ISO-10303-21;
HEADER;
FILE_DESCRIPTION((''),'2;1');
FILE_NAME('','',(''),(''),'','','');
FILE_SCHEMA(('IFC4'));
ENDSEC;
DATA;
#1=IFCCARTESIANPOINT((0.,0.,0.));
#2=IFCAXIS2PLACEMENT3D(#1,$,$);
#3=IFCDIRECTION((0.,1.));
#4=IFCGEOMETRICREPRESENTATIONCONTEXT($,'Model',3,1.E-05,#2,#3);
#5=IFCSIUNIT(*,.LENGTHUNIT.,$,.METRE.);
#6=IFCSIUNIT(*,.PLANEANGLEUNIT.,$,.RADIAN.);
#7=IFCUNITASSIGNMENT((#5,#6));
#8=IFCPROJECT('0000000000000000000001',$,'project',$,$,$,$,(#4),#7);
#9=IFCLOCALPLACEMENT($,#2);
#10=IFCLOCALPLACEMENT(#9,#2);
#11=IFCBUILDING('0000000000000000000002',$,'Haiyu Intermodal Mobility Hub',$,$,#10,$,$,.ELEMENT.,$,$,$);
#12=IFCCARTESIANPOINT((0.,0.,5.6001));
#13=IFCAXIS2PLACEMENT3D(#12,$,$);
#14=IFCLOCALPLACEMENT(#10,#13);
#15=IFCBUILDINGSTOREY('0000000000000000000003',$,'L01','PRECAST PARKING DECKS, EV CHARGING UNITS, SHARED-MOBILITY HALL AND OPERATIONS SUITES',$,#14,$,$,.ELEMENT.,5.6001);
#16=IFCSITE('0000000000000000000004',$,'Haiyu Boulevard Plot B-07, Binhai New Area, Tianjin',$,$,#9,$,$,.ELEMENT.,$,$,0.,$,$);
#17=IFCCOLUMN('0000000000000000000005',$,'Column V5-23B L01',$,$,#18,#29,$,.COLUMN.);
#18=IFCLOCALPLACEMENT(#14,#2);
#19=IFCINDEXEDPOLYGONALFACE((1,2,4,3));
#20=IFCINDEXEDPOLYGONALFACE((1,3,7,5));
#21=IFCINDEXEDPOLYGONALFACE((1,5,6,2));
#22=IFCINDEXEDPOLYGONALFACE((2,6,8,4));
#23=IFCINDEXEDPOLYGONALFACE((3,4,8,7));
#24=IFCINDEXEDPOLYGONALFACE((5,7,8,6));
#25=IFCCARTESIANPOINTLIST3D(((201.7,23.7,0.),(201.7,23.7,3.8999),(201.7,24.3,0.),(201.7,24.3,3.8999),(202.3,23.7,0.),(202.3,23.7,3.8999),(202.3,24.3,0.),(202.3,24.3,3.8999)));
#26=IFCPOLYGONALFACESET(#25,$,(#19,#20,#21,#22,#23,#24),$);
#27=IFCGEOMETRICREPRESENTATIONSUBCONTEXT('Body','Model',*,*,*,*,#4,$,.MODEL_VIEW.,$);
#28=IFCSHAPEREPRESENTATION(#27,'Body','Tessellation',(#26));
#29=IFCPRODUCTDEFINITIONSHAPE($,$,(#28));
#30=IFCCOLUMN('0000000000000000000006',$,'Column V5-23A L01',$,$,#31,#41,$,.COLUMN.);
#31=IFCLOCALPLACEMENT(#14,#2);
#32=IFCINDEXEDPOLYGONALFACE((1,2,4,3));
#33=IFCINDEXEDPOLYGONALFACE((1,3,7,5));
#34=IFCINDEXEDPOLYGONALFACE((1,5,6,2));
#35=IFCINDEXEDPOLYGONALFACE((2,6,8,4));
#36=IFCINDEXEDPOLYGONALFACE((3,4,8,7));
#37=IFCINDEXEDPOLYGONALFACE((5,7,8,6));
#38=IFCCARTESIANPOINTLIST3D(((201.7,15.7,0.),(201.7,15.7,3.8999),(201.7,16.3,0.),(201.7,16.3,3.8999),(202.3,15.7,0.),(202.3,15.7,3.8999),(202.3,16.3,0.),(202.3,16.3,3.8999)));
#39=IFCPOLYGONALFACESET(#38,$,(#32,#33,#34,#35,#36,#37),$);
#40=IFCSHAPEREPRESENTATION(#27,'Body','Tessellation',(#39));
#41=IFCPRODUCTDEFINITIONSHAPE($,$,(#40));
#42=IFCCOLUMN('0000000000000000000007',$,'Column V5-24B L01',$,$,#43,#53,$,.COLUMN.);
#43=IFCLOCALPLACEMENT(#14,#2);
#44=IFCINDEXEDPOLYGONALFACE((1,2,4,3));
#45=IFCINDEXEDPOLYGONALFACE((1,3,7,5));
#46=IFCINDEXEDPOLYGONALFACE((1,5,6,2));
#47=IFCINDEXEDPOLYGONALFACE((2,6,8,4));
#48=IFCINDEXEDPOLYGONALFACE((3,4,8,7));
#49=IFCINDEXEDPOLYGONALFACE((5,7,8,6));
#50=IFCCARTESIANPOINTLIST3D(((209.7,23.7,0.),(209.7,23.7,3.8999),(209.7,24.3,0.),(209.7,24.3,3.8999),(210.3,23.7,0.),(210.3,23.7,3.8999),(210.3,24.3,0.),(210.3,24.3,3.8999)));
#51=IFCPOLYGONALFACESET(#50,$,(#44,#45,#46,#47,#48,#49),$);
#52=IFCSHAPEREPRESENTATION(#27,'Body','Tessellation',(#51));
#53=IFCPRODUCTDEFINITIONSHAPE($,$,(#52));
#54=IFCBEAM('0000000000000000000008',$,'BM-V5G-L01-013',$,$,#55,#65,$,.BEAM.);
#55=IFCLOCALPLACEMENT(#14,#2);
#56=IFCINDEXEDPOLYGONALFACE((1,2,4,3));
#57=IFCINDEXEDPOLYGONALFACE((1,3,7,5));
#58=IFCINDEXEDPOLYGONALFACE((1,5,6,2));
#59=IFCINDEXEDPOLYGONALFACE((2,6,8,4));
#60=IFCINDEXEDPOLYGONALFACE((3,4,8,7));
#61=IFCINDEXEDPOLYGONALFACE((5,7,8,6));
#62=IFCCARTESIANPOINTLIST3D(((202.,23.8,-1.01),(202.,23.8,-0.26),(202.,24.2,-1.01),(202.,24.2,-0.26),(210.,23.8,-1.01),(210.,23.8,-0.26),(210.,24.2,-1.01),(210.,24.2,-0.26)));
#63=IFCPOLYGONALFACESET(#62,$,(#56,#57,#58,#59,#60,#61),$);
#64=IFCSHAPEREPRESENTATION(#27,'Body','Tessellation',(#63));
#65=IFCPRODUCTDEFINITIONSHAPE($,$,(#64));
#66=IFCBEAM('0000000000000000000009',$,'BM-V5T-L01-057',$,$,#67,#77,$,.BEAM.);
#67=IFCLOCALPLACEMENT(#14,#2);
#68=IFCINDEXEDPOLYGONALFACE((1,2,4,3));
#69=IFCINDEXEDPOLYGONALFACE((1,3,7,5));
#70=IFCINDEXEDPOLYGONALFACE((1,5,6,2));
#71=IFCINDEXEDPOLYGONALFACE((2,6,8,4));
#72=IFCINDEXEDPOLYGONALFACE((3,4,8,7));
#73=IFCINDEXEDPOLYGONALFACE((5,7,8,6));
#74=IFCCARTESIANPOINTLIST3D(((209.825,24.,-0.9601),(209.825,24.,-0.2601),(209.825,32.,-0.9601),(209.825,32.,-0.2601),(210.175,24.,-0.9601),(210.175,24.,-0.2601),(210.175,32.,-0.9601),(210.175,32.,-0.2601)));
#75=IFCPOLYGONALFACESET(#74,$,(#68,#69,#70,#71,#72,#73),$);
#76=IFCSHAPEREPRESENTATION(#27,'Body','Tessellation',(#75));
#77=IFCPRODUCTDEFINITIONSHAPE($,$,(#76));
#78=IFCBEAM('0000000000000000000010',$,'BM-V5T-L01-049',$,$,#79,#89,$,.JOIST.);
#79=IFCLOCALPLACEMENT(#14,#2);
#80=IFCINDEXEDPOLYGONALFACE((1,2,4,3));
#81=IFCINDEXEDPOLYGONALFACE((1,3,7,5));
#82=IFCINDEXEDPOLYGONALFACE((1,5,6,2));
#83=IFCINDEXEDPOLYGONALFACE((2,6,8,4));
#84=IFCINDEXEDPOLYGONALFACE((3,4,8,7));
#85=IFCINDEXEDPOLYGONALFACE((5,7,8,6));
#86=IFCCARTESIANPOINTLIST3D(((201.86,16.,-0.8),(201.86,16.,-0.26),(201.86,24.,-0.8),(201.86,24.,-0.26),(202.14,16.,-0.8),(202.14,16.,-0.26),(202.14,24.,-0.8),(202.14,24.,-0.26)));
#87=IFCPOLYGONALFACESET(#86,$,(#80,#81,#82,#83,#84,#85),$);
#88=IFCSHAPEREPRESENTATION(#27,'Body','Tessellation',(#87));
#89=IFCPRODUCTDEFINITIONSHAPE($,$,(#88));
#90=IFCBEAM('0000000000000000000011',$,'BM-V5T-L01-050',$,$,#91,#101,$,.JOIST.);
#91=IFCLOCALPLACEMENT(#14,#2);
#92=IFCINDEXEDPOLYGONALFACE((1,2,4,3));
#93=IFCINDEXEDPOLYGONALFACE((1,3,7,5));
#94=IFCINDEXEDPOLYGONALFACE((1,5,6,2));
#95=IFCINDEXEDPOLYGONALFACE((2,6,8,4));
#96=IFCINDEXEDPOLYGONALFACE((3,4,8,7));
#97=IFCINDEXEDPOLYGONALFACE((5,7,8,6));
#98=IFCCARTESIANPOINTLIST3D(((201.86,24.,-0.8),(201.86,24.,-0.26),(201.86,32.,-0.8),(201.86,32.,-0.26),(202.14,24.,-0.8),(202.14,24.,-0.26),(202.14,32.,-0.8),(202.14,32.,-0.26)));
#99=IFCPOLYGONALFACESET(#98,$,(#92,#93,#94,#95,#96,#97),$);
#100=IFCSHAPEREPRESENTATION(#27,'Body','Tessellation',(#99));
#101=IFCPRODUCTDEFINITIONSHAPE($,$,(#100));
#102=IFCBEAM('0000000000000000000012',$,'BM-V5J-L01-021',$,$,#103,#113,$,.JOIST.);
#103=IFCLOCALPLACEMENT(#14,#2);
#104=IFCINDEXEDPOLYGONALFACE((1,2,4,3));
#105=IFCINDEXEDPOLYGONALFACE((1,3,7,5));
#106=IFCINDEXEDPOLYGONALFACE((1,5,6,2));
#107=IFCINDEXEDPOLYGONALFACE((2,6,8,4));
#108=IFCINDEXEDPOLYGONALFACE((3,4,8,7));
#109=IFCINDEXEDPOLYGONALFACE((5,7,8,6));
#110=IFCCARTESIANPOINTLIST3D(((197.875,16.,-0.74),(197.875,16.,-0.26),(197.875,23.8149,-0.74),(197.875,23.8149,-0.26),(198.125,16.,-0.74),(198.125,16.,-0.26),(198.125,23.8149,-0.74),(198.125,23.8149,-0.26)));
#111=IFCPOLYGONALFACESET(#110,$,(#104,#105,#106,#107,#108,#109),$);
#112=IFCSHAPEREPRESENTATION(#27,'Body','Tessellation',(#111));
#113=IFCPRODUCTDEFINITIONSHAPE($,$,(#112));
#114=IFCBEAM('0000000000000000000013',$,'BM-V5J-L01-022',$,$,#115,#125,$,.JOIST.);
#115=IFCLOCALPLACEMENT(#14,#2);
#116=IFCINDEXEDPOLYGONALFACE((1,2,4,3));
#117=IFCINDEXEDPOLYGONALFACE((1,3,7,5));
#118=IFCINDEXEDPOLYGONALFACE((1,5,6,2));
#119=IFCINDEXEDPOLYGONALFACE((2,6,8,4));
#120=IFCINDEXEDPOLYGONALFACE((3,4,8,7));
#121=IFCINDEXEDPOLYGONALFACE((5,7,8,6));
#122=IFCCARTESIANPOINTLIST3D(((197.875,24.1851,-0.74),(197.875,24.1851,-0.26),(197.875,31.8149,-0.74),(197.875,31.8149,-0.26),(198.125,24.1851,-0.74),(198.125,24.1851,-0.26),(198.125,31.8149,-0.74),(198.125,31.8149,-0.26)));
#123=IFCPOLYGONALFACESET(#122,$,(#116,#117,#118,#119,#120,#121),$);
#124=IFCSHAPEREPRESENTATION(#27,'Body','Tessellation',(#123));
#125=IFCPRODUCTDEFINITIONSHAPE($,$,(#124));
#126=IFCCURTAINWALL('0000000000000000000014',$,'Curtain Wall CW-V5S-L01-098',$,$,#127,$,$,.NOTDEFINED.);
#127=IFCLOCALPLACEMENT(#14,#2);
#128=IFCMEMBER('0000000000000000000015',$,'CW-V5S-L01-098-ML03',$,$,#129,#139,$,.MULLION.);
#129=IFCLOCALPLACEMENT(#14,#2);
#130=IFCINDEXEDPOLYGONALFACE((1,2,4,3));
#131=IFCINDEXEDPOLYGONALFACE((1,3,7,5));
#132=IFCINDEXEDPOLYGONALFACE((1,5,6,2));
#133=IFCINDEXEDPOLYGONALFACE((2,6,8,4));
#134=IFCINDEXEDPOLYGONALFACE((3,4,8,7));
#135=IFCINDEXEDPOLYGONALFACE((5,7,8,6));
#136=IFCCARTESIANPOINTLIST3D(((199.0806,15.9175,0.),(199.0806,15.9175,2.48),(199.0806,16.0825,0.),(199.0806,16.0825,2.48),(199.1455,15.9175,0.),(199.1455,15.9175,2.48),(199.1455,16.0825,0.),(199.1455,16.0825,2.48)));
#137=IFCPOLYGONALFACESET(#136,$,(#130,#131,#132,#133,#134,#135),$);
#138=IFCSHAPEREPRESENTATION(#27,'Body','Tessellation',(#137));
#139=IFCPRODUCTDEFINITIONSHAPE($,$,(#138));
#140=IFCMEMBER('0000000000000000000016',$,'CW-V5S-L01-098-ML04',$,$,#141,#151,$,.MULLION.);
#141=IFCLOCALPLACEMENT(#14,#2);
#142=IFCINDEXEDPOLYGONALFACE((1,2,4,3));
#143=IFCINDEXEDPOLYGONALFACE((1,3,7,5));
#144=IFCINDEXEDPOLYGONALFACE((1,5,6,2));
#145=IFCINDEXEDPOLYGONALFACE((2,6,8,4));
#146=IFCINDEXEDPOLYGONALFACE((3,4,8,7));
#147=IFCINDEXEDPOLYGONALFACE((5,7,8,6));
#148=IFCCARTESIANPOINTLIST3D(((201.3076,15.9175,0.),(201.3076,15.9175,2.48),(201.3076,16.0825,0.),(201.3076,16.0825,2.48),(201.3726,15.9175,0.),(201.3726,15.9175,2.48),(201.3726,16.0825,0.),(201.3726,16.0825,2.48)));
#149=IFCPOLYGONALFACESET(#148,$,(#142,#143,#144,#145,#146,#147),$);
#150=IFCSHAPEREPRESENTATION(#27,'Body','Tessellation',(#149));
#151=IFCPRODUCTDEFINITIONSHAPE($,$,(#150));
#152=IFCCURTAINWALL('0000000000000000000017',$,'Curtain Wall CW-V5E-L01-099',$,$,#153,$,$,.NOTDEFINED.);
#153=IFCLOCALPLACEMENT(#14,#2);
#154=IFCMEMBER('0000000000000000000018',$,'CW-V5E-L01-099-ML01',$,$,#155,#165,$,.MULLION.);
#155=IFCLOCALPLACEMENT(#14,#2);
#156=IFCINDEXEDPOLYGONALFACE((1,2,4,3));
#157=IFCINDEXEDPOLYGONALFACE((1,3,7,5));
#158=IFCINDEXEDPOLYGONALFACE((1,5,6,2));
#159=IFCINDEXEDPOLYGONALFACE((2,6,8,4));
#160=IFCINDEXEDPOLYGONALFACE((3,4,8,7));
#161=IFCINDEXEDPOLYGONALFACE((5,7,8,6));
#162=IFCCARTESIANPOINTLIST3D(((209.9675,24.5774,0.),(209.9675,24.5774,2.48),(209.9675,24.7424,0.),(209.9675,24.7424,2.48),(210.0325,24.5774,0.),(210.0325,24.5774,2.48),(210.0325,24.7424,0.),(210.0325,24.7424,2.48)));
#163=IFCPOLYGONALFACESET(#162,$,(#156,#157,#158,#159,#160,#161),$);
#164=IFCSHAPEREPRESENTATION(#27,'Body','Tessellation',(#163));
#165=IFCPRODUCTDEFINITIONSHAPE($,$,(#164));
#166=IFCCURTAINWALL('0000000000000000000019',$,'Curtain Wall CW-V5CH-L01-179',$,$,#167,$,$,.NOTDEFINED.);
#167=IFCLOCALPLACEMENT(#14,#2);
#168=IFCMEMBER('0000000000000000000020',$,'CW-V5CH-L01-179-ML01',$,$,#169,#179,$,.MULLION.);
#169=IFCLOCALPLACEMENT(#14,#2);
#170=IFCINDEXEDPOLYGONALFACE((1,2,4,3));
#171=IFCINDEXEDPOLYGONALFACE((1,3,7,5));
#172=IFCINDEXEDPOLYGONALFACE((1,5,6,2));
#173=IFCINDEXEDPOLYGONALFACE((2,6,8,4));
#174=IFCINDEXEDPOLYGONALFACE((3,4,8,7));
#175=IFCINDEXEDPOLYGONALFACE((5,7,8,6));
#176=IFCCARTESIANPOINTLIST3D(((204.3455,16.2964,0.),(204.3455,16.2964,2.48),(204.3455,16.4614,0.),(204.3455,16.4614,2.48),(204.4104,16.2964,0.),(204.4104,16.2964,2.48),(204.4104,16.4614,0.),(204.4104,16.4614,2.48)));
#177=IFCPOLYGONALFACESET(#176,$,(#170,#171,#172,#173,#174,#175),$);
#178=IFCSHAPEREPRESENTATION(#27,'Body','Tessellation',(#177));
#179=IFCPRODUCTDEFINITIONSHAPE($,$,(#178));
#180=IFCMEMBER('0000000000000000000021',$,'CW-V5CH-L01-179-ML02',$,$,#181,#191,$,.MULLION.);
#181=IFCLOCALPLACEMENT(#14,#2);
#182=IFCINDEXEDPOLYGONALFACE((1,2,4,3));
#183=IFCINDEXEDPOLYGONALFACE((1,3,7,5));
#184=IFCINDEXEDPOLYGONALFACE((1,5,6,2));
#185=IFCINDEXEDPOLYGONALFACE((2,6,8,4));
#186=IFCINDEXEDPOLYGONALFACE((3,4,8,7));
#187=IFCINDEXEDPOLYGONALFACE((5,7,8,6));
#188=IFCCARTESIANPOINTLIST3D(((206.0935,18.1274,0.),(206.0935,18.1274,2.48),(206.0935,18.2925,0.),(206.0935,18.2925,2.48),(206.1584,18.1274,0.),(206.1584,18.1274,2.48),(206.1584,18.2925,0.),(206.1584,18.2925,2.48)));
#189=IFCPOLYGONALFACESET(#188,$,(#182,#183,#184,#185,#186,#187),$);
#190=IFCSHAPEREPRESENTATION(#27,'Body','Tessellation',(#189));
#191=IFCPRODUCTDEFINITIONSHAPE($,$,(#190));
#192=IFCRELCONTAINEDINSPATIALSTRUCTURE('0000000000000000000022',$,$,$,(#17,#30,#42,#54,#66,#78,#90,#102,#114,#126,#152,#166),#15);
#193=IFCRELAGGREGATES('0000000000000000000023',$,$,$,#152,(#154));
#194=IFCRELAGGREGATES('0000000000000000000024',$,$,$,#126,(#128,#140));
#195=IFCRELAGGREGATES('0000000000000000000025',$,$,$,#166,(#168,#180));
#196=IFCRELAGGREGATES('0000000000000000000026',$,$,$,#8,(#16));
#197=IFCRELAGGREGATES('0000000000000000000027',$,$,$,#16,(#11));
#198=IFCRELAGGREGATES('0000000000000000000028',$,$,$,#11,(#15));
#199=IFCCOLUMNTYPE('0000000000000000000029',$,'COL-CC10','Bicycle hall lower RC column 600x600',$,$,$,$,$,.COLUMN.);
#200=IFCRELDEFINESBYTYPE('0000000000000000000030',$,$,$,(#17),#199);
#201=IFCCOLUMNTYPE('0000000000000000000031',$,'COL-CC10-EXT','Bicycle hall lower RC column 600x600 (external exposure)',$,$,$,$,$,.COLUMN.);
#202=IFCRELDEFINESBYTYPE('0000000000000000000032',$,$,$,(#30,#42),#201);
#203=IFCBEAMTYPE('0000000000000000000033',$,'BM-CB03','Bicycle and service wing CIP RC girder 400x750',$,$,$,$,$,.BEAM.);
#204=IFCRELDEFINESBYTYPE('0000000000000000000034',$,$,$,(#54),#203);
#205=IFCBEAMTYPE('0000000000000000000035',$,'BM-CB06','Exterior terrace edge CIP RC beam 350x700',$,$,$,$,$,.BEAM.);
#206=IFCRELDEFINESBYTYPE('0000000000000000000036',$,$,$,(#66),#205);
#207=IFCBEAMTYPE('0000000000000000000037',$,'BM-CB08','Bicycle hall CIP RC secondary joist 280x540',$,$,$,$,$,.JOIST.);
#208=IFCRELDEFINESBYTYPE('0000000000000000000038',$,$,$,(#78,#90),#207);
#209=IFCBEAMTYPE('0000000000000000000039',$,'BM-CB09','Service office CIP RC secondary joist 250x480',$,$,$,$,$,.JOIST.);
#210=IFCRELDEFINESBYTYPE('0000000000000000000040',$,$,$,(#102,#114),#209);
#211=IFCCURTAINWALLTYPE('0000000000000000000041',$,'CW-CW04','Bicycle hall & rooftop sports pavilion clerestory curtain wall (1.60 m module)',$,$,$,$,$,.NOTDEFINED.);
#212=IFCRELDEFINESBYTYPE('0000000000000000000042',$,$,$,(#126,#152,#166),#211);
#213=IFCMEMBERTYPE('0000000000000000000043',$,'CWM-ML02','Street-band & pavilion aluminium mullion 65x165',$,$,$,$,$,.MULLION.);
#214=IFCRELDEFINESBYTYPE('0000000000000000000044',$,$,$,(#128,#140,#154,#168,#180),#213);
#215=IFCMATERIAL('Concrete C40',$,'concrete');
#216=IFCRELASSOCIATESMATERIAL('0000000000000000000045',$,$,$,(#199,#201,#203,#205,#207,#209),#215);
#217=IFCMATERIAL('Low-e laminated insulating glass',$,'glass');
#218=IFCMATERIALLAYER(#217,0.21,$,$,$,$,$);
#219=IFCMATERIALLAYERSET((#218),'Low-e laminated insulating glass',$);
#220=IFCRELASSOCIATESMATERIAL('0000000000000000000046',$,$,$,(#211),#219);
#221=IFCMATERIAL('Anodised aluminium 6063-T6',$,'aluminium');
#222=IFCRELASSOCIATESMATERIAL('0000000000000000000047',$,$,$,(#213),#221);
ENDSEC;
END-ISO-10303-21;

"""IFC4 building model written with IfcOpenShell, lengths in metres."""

from ifc_helpers import new_model, si_unit, direction, frame, origin, origin_2d, place, context, subcontext, project, spatial, rectangle, extrude, material, layer, layer_set, material_profile, profile_set, type_object, element, aggregate, save


model = new_model("IFC4")

# Units and contexts
model_context = context("Model", 3, precision=1e-05, world=origin(), true_north=direction((0.0, 1.0)))
body_context = subcontext(model_context, "Body", "Model", "MODEL_VIEW")
ifc_project = project(units=[si_unit("LENGTHUNIT", "METRE"), si_unit("PLANEANGLEUNIT", "RADIAN")], contexts=[model_context])

# Site, building, storey
site_placement = place(None, origin())
site = spatial("IfcSite", under=ifc_project, at=site_placement, Name="Haiyu Boulevard Plot B-07, Binhai New Area, Tianjin", CompositionType="ELEMENT", RefElevation=0.0)
building_placement = place(site_placement, origin())
building = spatial("IfcBuilding", under=site, at=building_placement, Name="Haiyu Intermodal Mobility Hub", CompositionType="ELEMENT")
storey_placement = place(building_placement, frame((0.0, 0.0, 5.6001)))
storey = spatial("IfcBuildingStorey", under=building, at=storey_placement, Name="L01", Description="PRECAST PARKING DECKS, EV CHARGING UNITS, SHARED-MOBILITY HALL AND OPERATIONS SUITES", CompositionType="ELEMENT", Elevation=5.6001)

# Columns
ifc_material_1 = material(Name="Concrete C40", Category="concrete")
ifc_material_profile_1 = material_profile(ifc_material_1, rectangle(XDim=0.6001, YDim=0.6001, at=origin_2d()), Name="RC600x600")
ifc_profile_set_1 = profile_set([ifc_material_profile_1], Name="Concrete C40")
column_type_1 = type_object("IfcColumnType", Name="COL-CC10", Description="Bicycle hall lower RC column 600x600", PredefinedType="COLUMN", material=ifc_profile_set_1)
column_placement = place(storey_placement, frame((202.0, 24.0, 0.0), z_axis=(0.0, 0.0, 1.0), x_axis=(1.0, 0.0, 0.0)))
element("IfcColumn", 1, at=column_placement, inside=storey, type_object=column_type_1, Name="Column V5-23B L01", PredefinedType="COLUMN", context=body_context, shape_type="SweptSolid", body=[
    extrude(rectangle(XDim=0.6001, YDim=0.6001, at=origin_2d()), origin(), (0.0, 0.0, 1.0), 3.8999),
])
ifc_material_profile_2 = material_profile(ifc_material_1, rectangle(XDim=0.6001, YDim=0.6001, at=origin_2d()), Name="RC600x600")
ifc_profile_set_2 = profile_set([ifc_material_profile_2], Name="Concrete C40")
column_type_2 = type_object("IfcColumnType", Name="COL-CC10-EXT", Description="Bicycle hall lower RC column 600x600 (external exposure)", PredefinedType="COLUMN", material=ifc_profile_set_2)
for number, where, z_axis, x_axis, name in (
    (2, (202.0, 16.0, 0.0), (0.0, 0.0, 1.0), (1.0, 0.0, 0.0), "Column V5-23A L01"),
    (3, (210.0, 24.0, 0.0), (0.0, 0.0, 1.0), (1.0, 0.0, 0.0), "Column V5-24B L01"),
):
    element("IfcColumn", number, at=place(storey_placement, frame(where, z_axis=z_axis, x_axis=x_axis)), inside=storey, type_object=column_type_2, Name=name, PredefinedType="COLUMN", context=body_context, shape_type="SweptSolid", body=[
        extrude(rectangle(XDim=0.6001, YDim=0.6001, at=origin_2d()), origin(), (0.0, 0.0, 1.0), 3.8999),
    ])

# Beams
ifc_material_profile_3 = material_profile(ifc_material_1, rectangle(XDim=0.3999, YDim=0.75, at=origin_2d()), Name="RCB400x750")
ifc_profile_set_3 = profile_set([ifc_material_profile_3], Name="Concrete C40")
beam_type_1 = type_object("IfcBeamType", Name="BM-CB03", Description="Bicycle and service wing CIP RC girder 400x750", PredefinedType="BEAM", material=ifc_profile_set_3)
beam_1_placement = place(storey_placement, frame((202.0, 24.0, -0.635), z_axis=(1.0, 0.0, 0.0), x_axis=(0.0, 1.0, 0.0)))
element("IfcBeam", 4, at=beam_1_placement, inside=storey, type_object=beam_type_1, Name="BM-V5G-L01-013", PredefinedType="BEAM", context=body_context, shape_type="SweptSolid", body=[
    extrude(rectangle(XDim=0.3999, YDim=0.75, at=origin_2d()), origin(), (0.0, 0.0, 1.0), 8.0),
])
ifc_material_profile_4 = material_profile(ifc_material_1, rectangle(XDim=0.3501, YDim=0.7, at=origin_2d()), Name="RCB350x700")
ifc_profile_set_4 = profile_set([ifc_material_profile_4], Name="Concrete C40")
beam_type_2 = type_object("IfcBeamType", Name="BM-CB06", Description="Exterior terrace edge CIP RC beam 350x700", PredefinedType="BEAM", material=ifc_profile_set_4)
beam_2_placement = place(storey_placement, frame((210.0, 24.0, -0.6101), z_axis=(0.0, 1.0, 0.0), x_axis=(-1.0, 0.0, 0.0)))
element("IfcBeam", 5, at=beam_2_placement, inside=storey, type_object=beam_type_2, Name="BM-V5T-L01-057", PredefinedType="BEAM", context=body_context, shape_type="SweptSolid", body=[
    extrude(rectangle(XDim=0.3501, YDim=0.7, at=origin_2d()), origin(), (0.0, 0.0, 1.0), 8.0),
])
ifc_material_profile_5 = material_profile(ifc_material_1, rectangle(XDim=0.28, YDim=0.54, at=origin_2d()), Name="RCB280x540")
ifc_profile_set_5 = profile_set([ifc_material_profile_5], Name="Concrete C40")
beam_type_3 = type_object("IfcBeamType", Name="BM-CB08", Description="Bicycle hall CIP RC secondary joist 280x540", PredefinedType="JOIST", material=ifc_profile_set_5)
for number, where, z_axis, x_axis, name in (
    (6, (202.0, 16.0, -0.53), (0.0, 1.0, 0.0), (-1.0, 0.0, 0.0), "BM-V5T-L01-049"),
    (7, (202.0, 24.0, -0.53), (0.0, 1.0, 0.0), (-1.0, 0.0, 0.0), "BM-V5T-L01-050"),
):
    element("IfcBeam", number, at=place(storey_placement, frame(where, z_axis=z_axis, x_axis=x_axis)), inside=storey, type_object=beam_type_3, Name=name, PredefinedType="JOIST", context=body_context, shape_type="SweptSolid", body=[
        extrude(rectangle(XDim=0.28, YDim=0.54, at=origin_2d()), origin(), (0.0, 0.0, 1.0), 8.0),
    ])
ifc_material_profile_6 = material_profile(ifc_material_1, rectangle(XDim=0.25, YDim=0.48, at=origin_2d()), Name="RCB250x480")
ifc_profile_set_6 = profile_set([ifc_material_profile_6], Name="Concrete C40")
beam_type_4 = type_object("IfcBeamType", Name="BM-CB09", Description="Service office CIP RC secondary joist 250x480", PredefinedType="JOIST", material=ifc_profile_set_6)
beam_3_placement = place(storey_placement, frame((198.0, 16.0, -0.5), z_axis=(0.0, 1.0, 0.0), x_axis=(-1.0, 0.0, 0.0)))
element("IfcBeam", 8, at=beam_3_placement, inside=storey, type_object=beam_type_4, Name="BM-V5J-L01-021", PredefinedType="JOIST", context=body_context, shape_type="SweptSolid", body=[
    extrude(rectangle(XDim=0.25, YDim=0.48, at=origin_2d()), origin(), (0.0, 0.0, 1.0), 7.8149),
])
beam_4_placement = place(storey_placement, frame((198.0, 24.1851, -0.5), z_axis=(0.0, 1.0, 0.0), x_axis=(-1.0, 0.0, 0.0)))
element("IfcBeam", 9, at=beam_4_placement, inside=storey, type_object=beam_type_4, Name="BM-V5J-L01-022", PredefinedType="JOIST", context=body_context, shape_type="SweptSolid", body=[
    extrude(rectangle(XDim=0.25, YDim=0.48, at=origin_2d()), origin(), (0.0, 0.0, 1.0), 7.6299),
])

# Curtain wall, members
ifc_material_2 = material(Name="Low-e laminated insulating glass", Category="glass")
ifc_layer_1 = layer(ifc_material_2, 0.21)
ifc_layer_set_1 = layer_set([ifc_layer_1], Name="Low-e laminated insulating glass")
curtain_wall_type = type_object("IfcCurtainWallType", Name="CW-CW04", Description="Bicycle hall & rooftop sports pavilion clerestory curtain wall (1.60 m module)", PredefinedType="NOTDEFINED", material=ifc_layer_set_1)
curtain_wall_1_placement = place(storey_placement, origin())
curtain_wall_1 = element("IfcCurtainWall", 10, at=curtain_wall_1_placement, inside=storey, type_object=curtain_wall_type, Name="Curtain Wall CW-V5S-L01-098", PredefinedType="NOTDEFINED")
ifc_material_3 = material(Name="Anodised aluminium 6063-T6", Category="aluminium")
ifc_material_profile_7 = material_profile(ifc_material_3, rectangle(XDim=0.0649, YDim=0.165, at=origin_2d()), Name="ALU65x165")
ifc_profile_set_7 = profile_set([ifc_material_profile_7], Name="Anodised aluminium 6063-T6")
member_type_1 = type_object("IfcMemberType", Name="CWM-ML02", Description="Street-band & pavilion aluminium mullion 65x165", PredefinedType="MULLION", material=ifc_profile_set_7)
member_1_placement = place(storey_placement, frame((199.113, 16.0, 0.0), z_axis=(0.0, 0.0, 1.0), x_axis=(1.0, 0.0, 0.0)))
member_1 = element("IfcMember", 11, at=member_1_placement, type_object=member_type_1, Name="CW-V5S-L01-098-ML03", PredefinedType="MULLION", context=body_context, shape_type="SweptSolid", body=[
    extrude(rectangle(XDim=0.0649, YDim=0.165, at=origin_2d()), origin(), (0.0, 0.0, 1.0), 2.48),
])
member_2_placement = place(storey_placement, frame((201.3401, 16.0, 0.0), z_axis=(0.0, 0.0, 1.0), x_axis=(1.0, 0.0, 0.0)))
member_2 = element("IfcMember", 12, at=member_2_placement, type_object=member_type_1, Name="CW-V5S-L01-098-ML04", PredefinedType="MULLION", context=body_context, shape_type="SweptSolid", body=[
    extrude(rectangle(XDim=0.0649, YDim=0.165, at=origin_2d()), origin(), (0.0, 0.0, 1.0), 2.48),
])

# Curtain wall, member
curtain_wall_2_placement = place(storey_placement, origin())
curtain_wall_2 = element("IfcCurtainWall", 13, at=curtain_wall_2_placement, inside=storey, type_object=curtain_wall_type, Name="Curtain Wall CW-V5E-L01-099", PredefinedType="NOTDEFINED")
member_3_placement = place(storey_placement, frame((210.0, 24.6599, 0.0), z_axis=(0.0, 0.0, 1.0), x_axis=(1.0, 0.0, 0.0)))
member_3 = element("IfcMember", 14, at=member_3_placement, type_object=member_type_1, Name="CW-V5E-L01-099-ML01", PredefinedType="MULLION", context=body_context, shape_type="SweptSolid", body=[
    extrude(rectangle(XDim=0.0649, YDim=0.165, at=origin_2d()), origin(), (0.0, 0.0, 1.0), 2.48),
])

# Curtain wall, members
curtain_wall_3_placement = place(storey_placement, origin())
curtain_wall_3 = element("IfcCurtainWall", 15, at=curtain_wall_3_placement, inside=storey, type_object=curtain_wall_type, Name="Curtain Wall CW-V5CH-L01-179", PredefinedType="NOTDEFINED")
member_4_placement = place(storey_placement, frame((204.3779, 16.3789, 0.0), z_axis=(0.0, 0.0, 1.0), x_axis=(1.0, 0.0, 0.0)))
member_4 = element("IfcMember", 16, at=member_4_placement, type_object=member_type_1, Name="CW-V5CH-L01-179-ML01", PredefinedType="MULLION", context=body_context, shape_type="SweptSolid", body=[
    extrude(rectangle(XDim=0.0649, YDim=0.165, at=origin_2d()), origin(), (0.0, 0.0, 1.0), 2.48),
])
member_5_placement = place(storey_placement, frame((206.126, 18.21, 0.0), z_axis=(0.0, 0.0, 1.0), x_axis=(1.0, 0.0, 0.0)))
member_5 = element("IfcMember", 17, at=member_5_placement, type_object=member_type_1, Name="CW-V5CH-L01-179-ML02", PredefinedType="MULLION", context=body_context, shape_type="SweptSolid", body=[
    extrude(rectangle(XDim=0.0649, YDim=0.165, at=origin_2d()), origin(), (0.0, 0.0, 1.0), 2.48),
])

aggregate(curtain_wall_2, [member_3])

aggregate(curtain_wall_1, [member_1, member_2])
aggregate(curtain_wall_3, [member_4, member_5])

save(model, "model.ifc")
